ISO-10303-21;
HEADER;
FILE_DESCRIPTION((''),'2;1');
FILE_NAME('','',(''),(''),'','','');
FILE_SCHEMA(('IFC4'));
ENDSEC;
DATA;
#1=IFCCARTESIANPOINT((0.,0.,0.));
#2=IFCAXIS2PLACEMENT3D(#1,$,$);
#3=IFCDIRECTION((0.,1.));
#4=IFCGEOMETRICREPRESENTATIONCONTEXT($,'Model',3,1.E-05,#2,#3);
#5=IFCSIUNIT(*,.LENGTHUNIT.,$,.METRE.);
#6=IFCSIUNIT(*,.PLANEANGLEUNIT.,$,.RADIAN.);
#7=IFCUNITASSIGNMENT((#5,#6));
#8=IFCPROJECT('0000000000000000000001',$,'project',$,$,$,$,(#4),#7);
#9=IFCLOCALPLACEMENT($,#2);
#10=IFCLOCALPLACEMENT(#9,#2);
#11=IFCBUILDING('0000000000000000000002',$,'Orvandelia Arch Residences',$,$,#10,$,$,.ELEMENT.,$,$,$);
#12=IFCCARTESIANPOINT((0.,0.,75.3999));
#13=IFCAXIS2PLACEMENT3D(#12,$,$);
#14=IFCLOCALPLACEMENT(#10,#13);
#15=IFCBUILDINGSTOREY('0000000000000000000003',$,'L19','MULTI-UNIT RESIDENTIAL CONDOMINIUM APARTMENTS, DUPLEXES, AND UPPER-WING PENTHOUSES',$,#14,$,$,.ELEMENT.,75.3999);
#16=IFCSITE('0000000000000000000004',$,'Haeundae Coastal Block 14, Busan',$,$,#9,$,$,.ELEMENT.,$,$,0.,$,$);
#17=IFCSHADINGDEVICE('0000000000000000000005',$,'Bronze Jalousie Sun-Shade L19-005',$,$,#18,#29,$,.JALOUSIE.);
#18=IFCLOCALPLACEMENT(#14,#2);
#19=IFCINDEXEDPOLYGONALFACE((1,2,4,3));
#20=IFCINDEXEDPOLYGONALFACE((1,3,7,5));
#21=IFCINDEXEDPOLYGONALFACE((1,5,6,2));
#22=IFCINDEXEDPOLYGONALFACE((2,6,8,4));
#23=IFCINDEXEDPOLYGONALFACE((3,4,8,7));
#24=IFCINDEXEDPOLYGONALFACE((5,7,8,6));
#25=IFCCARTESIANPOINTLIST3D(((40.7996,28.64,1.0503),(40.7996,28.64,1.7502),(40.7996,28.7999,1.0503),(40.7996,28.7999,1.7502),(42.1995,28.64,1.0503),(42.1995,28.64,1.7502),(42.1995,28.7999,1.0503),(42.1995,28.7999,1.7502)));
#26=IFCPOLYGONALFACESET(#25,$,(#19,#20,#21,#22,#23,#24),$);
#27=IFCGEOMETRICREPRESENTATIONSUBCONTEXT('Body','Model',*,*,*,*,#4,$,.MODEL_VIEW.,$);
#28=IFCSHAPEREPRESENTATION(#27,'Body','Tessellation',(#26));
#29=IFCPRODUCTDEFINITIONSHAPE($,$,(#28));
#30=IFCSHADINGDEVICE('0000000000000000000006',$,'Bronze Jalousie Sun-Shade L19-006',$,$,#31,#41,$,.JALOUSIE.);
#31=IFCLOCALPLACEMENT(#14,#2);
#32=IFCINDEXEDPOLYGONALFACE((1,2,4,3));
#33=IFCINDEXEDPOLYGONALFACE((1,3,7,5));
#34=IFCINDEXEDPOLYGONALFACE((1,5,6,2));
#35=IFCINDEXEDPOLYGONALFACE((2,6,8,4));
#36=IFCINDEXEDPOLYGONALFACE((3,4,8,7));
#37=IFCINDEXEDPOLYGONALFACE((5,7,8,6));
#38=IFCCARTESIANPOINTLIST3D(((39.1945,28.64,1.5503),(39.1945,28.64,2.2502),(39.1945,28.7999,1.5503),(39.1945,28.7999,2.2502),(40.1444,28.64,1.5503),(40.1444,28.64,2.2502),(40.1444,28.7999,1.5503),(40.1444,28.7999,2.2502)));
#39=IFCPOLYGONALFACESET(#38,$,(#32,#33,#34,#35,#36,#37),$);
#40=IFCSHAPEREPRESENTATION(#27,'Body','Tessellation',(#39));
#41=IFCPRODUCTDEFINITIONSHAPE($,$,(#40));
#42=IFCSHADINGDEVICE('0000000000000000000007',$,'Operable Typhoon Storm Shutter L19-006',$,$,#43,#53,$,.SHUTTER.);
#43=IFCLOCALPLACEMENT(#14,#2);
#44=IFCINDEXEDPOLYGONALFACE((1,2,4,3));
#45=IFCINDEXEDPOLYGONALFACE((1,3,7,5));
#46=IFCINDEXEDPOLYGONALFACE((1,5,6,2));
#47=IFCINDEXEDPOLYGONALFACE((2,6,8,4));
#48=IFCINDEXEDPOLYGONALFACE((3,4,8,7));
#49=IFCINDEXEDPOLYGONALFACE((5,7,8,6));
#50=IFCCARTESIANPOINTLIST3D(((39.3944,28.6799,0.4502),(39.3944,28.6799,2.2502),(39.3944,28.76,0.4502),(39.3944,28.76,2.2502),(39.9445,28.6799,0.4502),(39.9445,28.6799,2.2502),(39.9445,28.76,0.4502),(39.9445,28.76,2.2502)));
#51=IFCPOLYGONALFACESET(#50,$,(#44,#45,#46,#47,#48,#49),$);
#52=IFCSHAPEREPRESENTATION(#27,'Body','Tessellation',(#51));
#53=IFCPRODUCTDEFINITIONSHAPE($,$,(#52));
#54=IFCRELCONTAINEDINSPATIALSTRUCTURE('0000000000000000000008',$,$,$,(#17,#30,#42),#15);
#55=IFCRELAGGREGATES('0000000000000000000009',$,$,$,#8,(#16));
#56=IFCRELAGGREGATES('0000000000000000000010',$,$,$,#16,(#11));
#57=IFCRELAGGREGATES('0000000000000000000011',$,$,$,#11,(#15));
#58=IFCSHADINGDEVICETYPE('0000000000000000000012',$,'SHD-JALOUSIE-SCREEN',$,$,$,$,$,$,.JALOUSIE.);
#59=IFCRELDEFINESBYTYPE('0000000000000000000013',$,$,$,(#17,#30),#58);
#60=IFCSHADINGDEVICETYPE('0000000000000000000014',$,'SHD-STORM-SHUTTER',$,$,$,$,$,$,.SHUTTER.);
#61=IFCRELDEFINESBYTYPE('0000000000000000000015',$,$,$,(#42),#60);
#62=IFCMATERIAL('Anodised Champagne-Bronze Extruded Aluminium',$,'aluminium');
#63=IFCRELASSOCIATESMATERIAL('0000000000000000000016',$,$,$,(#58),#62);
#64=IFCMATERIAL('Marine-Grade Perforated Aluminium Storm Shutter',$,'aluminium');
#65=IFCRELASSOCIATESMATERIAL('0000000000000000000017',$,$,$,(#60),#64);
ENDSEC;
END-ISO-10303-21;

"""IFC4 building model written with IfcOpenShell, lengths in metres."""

from ifc_helpers import new_model, si_unit, direction, frame, origin, origin_2d, place, context, subcontext, project, spatial, rectangle, extrude, material, type_object, element, save


model = new_model("IFC4")

# Units and contexts
model_context = context("Model", 3, precision=1e-05, world=origin(), true_north=direction((0.0, 1.0)))
body_context = subcontext(model_context, "Body", "Model", "MODEL_VIEW")
ifc_project = project(units=[si_unit("LENGTHUNIT", "METRE"), si_unit("PLANEANGLEUNIT", "RADIAN")], contexts=[model_context])

# Site, building, storey
site_placement = place(None, origin())
site = spatial("IfcSite", under=ifc_project, at=site_placement, Name="Haeundae Coastal Block 14, Busan", CompositionType="ELEMENT", RefElevation=0.0)
building_placement = place(site_placement, origin())
building = spatial("IfcBuilding", under=site, at=building_placement, Name="Orvandelia Arch Residences", CompositionType="ELEMENT")
storey_placement = place(building_placement, frame((0.0, 0.0, 75.3999)))
storey = spatial("IfcBuildingStorey", under=building, at=storey_placement, Name="L19", Description="MULTI-UNIT RESIDENTIAL CONDOMINIUM APARTMENTS, DUPLEXES, AND UPPER-WING PENTHOUSES", CompositionType="ELEMENT", Elevation=75.3999)

# Shading devices
ifc_material_1 = material(Name="Anodised Champagne-Bronze Extruded Aluminium", Category="aluminium")
shading_device_type_1 = type_object("IfcShadingDeviceType", Name="SHD-JALOUSIE-SCREEN", PredefinedType="JALOUSIE", material=ifc_material_1)
shading_device_1_placement = place(storey_placement, frame((41.4995, 28.72, 1.0503), z_axis=(0.0, 0.0, 1.0), x_axis=(-1.0, 0.0, 0.0)))
element("IfcShadingDevice", 1, at=shading_device_1_placement, inside=storey, type_object=shading_device_type_1, Name="Bronze Jalousie Sun-Shade L19-005", PredefinedType="JALOUSIE", context=body_context, shape_type="SweptSolid", body=[
    extrude(rectangle(XDim=1.3999, YDim=0.1599, at=origin_2d()), origin(), (0.0, 0.0, 1.0), 0.7),
])
shading_device_2_placement = place(storey_placement, frame((39.6694, 28.72, 1.5503), z_axis=(0.0, 0.0, 1.0), x_axis=(-1.0, 0.0, 0.0)))
element("IfcShadingDevice", 2, at=shading_device_2_placement, inside=storey, type_object=shading_device_type_1, Name="Bronze Jalousie Sun-Shade L19-006", PredefinedType="JALOUSIE", context=body_context, shape_type="SweptSolid", body=[
    extrude(rectangle(XDim=0.95, YDim=0.1599, at=origin_2d()), origin(), (0.0, 0.0, 1.0), 0.7),
])
ifc_material_2 = material(Name="Marine-Grade Perforated Aluminium Storm Shutter", Category="aluminium")
shading_device_type_2 = type_object("IfcShadingDeviceType", Name="SHD-STORM-SHUTTER", PredefinedType="SHUTTER", material=ifc_material_2)
shading_device_3_placement = place(storey_placement, frame((39.6694, 28.72, 0.4502), z_axis=(0.0, 0.0, 1.0), x_axis=(-1.0, 0.0, 0.0)))
element("IfcShadingDevice", 3, at=shading_device_3_placement, inside=storey, type_object=shading_device_type_2, Name="Operable Typhoon Storm Shutter L19-006", PredefinedType="SHUTTER", context=body_context, shape_type="SweptSolid", body=[
    extrude(rectangle(XDim=0.55, YDim=0.0801, at=origin_2d()), origin(), (0.0, 0.0, 1.0), 1.8),
])

save(model, "model.ifc")
